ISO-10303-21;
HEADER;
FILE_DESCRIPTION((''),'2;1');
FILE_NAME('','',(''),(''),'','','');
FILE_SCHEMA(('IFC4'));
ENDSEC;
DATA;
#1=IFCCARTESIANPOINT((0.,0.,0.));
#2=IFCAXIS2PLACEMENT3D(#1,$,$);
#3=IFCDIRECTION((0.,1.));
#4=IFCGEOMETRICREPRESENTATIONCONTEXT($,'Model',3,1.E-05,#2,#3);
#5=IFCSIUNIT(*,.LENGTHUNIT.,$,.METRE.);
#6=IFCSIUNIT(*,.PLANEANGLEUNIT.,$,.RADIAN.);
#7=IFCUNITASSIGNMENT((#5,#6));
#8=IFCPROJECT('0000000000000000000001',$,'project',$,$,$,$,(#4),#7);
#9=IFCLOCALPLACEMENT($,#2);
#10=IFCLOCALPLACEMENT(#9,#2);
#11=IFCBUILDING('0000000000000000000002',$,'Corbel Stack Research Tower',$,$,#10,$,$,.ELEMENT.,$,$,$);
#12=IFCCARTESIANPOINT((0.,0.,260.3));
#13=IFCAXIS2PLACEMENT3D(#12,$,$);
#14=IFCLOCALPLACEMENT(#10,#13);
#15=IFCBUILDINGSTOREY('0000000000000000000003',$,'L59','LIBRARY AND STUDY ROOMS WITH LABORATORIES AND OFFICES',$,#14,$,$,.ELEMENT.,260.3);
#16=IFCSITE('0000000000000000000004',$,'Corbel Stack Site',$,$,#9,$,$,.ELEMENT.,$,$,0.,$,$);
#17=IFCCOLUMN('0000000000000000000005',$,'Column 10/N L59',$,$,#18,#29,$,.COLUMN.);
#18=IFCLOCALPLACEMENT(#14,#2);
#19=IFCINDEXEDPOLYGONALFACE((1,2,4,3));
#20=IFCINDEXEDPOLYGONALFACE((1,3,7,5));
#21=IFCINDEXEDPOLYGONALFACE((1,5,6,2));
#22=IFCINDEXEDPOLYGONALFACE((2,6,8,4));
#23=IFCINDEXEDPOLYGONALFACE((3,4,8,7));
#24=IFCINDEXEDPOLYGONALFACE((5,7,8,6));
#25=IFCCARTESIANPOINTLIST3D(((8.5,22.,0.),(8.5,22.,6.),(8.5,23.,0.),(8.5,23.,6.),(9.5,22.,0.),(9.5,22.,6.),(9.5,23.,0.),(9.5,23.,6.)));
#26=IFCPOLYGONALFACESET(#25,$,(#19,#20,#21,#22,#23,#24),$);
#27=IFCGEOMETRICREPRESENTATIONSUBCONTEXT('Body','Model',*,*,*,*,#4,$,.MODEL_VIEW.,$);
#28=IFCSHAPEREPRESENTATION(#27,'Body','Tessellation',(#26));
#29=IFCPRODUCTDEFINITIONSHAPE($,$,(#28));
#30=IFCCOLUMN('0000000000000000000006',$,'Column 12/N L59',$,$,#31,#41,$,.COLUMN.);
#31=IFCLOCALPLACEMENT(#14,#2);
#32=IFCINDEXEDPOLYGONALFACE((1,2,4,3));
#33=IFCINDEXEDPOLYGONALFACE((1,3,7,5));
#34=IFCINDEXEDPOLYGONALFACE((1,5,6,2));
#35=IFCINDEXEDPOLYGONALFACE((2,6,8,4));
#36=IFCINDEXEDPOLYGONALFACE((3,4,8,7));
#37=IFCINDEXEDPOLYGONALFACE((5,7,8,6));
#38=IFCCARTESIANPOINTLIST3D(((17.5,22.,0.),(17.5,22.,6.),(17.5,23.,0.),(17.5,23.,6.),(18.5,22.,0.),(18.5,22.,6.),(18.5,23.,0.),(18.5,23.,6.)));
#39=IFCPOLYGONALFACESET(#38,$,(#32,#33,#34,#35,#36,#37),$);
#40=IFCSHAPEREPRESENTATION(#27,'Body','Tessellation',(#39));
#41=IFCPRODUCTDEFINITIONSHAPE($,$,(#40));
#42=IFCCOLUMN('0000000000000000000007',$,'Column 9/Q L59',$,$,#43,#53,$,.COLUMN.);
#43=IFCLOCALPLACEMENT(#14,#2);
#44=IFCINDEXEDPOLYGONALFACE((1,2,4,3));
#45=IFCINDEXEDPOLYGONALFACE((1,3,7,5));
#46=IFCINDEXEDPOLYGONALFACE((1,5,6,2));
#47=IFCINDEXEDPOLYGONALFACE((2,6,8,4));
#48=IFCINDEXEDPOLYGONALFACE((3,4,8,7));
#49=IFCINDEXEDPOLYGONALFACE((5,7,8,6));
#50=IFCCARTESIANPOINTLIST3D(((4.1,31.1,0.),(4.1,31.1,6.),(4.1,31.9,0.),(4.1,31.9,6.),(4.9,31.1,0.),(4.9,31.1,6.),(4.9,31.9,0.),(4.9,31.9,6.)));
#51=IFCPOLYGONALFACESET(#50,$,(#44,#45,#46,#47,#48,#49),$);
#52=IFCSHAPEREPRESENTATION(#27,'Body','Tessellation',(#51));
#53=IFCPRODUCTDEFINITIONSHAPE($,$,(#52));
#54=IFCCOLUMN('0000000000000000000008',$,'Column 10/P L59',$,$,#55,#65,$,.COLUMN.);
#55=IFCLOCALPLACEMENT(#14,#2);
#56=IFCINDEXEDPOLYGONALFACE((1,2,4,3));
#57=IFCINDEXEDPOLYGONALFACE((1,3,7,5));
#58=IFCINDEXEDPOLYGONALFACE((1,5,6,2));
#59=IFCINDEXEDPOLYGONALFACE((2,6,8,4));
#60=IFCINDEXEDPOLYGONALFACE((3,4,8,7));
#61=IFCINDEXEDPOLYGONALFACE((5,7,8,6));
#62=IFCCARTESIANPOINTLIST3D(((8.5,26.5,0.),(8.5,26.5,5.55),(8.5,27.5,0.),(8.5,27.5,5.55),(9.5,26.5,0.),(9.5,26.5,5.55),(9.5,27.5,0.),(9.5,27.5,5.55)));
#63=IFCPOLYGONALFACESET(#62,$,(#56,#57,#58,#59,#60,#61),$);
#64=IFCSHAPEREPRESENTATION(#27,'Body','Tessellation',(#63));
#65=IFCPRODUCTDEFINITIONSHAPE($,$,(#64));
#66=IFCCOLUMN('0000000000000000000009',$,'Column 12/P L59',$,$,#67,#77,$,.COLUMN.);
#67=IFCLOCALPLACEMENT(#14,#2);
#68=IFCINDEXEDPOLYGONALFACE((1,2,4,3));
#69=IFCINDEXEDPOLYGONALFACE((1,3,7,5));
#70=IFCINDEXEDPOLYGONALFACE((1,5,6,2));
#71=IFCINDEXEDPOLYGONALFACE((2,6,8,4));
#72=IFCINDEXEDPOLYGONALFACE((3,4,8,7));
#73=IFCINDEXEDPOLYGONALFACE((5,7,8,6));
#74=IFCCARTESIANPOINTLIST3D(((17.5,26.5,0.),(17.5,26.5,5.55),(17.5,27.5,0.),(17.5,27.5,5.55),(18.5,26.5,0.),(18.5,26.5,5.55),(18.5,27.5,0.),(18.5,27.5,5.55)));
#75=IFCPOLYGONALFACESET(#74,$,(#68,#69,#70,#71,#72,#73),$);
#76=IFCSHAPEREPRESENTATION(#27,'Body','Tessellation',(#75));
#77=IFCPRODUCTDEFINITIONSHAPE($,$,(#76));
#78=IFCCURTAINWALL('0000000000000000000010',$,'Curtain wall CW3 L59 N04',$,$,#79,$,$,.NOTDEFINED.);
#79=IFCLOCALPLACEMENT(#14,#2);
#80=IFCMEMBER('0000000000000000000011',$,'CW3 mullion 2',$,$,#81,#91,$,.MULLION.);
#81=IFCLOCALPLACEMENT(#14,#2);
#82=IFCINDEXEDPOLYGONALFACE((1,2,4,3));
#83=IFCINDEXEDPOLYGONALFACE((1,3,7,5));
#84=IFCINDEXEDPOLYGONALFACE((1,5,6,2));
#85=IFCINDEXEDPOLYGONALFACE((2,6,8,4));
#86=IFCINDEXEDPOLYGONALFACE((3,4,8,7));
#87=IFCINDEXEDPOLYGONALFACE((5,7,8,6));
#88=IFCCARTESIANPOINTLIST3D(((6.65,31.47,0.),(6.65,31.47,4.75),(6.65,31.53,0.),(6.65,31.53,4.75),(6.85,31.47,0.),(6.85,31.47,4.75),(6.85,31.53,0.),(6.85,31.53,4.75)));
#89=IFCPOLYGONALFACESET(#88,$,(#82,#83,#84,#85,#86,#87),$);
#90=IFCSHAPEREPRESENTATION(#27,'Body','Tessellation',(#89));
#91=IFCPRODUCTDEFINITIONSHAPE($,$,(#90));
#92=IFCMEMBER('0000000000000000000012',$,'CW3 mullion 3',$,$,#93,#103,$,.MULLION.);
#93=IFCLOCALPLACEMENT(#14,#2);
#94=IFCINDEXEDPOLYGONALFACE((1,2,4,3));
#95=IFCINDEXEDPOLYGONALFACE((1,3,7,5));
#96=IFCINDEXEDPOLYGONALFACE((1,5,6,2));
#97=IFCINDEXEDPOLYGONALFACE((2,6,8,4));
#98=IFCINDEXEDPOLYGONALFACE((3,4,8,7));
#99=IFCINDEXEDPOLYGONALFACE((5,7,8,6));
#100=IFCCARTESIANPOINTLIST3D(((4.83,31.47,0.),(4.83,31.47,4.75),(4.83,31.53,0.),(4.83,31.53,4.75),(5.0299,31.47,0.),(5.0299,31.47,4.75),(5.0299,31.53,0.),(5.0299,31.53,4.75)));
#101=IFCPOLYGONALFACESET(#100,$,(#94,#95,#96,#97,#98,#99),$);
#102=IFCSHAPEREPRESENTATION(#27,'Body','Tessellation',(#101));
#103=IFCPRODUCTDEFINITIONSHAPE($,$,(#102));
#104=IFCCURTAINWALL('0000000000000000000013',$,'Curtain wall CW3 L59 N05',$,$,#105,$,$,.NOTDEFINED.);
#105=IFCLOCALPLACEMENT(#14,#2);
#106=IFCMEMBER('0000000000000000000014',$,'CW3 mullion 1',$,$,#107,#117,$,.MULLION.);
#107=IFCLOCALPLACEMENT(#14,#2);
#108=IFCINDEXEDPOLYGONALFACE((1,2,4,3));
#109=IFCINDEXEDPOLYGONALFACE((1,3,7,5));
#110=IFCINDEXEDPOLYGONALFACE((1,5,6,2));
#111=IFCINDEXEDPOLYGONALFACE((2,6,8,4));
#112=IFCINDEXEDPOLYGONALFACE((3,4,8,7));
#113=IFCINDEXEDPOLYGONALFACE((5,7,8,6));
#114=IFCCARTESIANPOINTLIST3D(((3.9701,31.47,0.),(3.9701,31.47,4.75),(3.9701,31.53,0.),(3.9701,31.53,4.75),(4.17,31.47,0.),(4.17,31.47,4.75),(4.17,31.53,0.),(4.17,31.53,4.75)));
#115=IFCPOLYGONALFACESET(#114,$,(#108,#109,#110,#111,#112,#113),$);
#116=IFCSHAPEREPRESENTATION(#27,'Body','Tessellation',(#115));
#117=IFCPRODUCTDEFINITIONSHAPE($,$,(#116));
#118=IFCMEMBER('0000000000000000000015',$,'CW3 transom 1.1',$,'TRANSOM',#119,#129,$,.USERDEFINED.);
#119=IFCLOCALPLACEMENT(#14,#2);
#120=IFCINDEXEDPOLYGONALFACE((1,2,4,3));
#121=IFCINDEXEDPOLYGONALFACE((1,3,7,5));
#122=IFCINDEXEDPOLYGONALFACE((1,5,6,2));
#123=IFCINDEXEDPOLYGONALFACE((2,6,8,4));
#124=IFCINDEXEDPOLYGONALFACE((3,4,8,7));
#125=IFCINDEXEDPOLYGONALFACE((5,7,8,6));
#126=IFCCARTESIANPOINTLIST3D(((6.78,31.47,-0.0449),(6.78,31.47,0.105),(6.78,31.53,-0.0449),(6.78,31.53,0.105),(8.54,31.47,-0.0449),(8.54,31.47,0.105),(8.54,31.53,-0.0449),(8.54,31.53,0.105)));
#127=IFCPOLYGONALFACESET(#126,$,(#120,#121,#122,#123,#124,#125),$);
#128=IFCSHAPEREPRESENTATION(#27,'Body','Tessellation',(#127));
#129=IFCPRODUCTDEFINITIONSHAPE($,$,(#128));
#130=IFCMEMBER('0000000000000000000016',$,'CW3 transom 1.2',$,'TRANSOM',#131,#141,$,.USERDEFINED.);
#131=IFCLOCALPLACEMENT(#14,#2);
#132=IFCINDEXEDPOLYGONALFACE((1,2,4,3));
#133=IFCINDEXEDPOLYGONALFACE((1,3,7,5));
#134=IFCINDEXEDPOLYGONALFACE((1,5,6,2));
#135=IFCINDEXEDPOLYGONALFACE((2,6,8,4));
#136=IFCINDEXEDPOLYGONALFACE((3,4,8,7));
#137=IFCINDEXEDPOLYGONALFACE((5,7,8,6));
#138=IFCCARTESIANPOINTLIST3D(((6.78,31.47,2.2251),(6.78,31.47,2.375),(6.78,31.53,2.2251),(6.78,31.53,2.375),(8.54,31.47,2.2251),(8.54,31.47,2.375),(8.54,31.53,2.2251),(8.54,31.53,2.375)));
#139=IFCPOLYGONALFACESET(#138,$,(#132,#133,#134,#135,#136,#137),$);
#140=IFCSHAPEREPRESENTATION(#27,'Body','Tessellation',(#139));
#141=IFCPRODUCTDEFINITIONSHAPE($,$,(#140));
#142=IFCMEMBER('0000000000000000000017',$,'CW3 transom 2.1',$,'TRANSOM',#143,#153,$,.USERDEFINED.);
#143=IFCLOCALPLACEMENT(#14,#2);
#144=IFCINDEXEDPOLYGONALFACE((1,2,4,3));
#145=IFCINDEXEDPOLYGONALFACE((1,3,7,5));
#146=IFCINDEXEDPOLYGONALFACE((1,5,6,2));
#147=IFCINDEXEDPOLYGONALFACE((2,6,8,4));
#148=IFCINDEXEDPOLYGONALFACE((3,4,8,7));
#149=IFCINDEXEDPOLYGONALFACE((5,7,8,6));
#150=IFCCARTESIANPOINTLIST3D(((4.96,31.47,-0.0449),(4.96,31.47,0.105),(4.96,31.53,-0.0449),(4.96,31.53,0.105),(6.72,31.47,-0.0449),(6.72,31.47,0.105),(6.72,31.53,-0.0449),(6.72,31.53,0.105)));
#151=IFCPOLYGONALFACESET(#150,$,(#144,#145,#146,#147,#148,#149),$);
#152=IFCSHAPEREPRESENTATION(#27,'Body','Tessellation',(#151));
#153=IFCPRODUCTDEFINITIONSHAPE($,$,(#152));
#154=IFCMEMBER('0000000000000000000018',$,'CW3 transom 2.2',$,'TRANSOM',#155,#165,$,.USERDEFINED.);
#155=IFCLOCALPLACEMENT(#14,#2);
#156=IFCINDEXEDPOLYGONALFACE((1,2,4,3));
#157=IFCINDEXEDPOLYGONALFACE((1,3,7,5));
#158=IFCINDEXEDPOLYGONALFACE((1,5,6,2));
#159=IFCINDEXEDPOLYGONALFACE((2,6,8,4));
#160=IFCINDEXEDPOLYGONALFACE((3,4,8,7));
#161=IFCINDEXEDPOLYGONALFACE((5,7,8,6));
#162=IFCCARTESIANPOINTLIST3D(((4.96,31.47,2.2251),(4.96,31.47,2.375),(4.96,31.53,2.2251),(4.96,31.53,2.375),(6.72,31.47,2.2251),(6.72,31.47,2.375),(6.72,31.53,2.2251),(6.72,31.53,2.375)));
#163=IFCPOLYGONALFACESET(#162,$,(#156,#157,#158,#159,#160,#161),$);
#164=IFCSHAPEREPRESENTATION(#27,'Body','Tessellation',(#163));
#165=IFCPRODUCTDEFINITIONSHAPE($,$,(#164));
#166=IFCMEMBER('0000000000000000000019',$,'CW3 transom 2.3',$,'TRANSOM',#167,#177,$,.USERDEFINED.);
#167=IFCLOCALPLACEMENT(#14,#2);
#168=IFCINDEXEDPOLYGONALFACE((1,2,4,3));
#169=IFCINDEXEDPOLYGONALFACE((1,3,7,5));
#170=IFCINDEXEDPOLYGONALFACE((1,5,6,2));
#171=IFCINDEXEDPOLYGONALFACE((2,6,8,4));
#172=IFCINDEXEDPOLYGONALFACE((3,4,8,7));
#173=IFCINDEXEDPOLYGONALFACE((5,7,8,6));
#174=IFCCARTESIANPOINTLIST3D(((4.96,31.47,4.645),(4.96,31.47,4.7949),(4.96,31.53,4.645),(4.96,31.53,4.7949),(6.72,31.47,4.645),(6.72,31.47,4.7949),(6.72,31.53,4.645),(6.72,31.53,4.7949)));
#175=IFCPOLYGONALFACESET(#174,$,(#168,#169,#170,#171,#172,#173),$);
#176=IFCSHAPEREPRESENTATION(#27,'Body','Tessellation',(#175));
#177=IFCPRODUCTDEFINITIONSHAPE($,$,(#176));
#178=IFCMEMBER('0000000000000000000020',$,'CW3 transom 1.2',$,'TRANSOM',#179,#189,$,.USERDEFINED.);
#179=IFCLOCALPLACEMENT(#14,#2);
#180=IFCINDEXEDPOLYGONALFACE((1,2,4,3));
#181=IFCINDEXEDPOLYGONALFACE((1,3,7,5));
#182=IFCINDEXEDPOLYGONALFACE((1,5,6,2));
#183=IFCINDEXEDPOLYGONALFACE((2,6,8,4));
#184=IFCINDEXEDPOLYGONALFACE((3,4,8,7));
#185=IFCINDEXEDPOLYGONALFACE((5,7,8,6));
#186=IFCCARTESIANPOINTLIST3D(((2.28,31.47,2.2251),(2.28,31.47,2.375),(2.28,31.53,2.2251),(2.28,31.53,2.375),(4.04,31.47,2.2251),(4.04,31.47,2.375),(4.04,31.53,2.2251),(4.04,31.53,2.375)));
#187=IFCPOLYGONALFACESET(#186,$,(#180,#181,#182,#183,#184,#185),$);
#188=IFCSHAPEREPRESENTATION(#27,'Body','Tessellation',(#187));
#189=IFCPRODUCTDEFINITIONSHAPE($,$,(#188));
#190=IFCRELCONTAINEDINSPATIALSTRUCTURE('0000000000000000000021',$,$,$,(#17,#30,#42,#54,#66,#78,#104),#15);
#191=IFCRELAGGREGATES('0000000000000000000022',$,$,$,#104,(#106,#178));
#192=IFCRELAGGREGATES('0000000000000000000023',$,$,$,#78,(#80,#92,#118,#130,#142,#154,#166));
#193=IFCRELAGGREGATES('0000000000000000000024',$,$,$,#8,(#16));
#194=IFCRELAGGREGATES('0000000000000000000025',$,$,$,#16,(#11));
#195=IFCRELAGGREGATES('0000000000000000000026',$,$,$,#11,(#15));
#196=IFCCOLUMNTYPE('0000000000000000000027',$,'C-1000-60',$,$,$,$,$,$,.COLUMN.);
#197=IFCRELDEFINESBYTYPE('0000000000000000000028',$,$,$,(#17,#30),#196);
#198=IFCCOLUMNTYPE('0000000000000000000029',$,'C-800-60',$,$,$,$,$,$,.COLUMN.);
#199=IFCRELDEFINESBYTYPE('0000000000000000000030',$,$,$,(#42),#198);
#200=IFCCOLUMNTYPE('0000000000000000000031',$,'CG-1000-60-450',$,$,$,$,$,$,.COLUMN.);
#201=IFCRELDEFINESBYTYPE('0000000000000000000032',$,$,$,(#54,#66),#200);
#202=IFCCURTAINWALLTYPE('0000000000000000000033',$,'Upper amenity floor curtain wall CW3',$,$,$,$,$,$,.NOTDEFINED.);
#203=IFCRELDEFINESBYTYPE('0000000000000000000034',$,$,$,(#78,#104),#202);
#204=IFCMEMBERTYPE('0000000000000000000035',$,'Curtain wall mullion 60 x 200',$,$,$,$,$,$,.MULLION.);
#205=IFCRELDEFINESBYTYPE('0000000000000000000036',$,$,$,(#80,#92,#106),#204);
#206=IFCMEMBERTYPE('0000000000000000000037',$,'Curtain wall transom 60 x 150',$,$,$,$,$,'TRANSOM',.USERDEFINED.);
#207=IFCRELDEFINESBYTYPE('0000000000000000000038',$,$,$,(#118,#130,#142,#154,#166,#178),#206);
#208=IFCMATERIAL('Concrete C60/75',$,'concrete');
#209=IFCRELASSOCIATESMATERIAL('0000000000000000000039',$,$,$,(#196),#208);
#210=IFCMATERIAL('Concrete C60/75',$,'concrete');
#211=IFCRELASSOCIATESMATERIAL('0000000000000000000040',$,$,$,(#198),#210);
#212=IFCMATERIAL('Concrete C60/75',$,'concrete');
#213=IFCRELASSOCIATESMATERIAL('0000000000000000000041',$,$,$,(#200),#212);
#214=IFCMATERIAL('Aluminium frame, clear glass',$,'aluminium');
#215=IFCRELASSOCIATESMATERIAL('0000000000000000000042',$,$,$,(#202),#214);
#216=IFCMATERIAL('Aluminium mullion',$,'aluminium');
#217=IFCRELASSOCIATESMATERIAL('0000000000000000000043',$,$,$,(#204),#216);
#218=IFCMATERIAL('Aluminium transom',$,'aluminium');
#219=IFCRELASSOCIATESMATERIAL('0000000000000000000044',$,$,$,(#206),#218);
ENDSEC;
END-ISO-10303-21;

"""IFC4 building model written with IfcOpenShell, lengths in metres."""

from ifc_helpers import new_model, si_unit, direction, frame, origin, origin_2d, place, context, subcontext, project, spatial, rectangle, extrude, material, material_profile, profile_set, type_object, element, aggregate, save


model = new_model("IFC4")

# Units and contexts
model_context = context("Model", 3, precision=1e-05, world=origin(), true_north=direction((0.0, 1.0)))
body_context = subcontext(model_context, "Body", "Model", "MODEL_VIEW")
ifc_project = project(units=[si_unit("LENGTHUNIT", "METRE"), si_unit("PLANEANGLEUNIT", "RADIAN")], contexts=[model_context])

# Site, building, storey
site_placement = place(None, origin())
site = spatial("IfcSite", under=ifc_project, at=site_placement, Name="Corbel Stack Site", CompositionType="ELEMENT", RefElevation=0.0)
building_placement = place(site_placement, origin())
building = spatial("IfcBuilding", under=site, at=building_placement, Name="Corbel Stack Research Tower", CompositionType="ELEMENT")
storey_placement = place(building_placement, frame((0.0, 0.0, 260.3)))
storey = spatial("IfcBuildingStorey", under=building, at=storey_placement, Name="L59", Description="LIBRARY AND STUDY ROOMS WITH LABORATORIES AND OFFICES", CompositionType="ELEMENT", Elevation=260.3)

# Columns
ifc_material_1 = material(Name="Concrete C60/75", Category="concrete")
ifc_material_profile_1 = material_profile(ifc_material_1, rectangle(XDim=1.0, YDim=1.0, at=origin_2d()), Name="RC 1000 x 1000")
ifc_profile_set_1 = profile_set([ifc_material_profile_1], Name="Concrete C60/75")
column_type_1 = type_object("IfcColumnType", Name="C-1000-60", PredefinedType="COLUMN", material=ifc_profile_set_1)
for number, where, z_axis, x_axis, name in (
    (1, (9.0, 22.5, 0.0), (0.0, 0.0, 1.0), (1.0, 0.0, 0.0), "Column 10/N L59"),
    (2, (18.0, 22.5, 0.0), (0.0, 0.0, 1.0), (1.0, 0.0, 0.0), "Column 12/N L59"),
):
    element("IfcColumn", number, at=place(storey_placement, frame(where, z_axis=z_axis, x_axis=x_axis)), inside=storey, type_object=column_type_1, Name=name, PredefinedType="COLUMN", context=body_context, shape_type="SweptSolid", body=[
        extrude(rectangle(XDim=1.0, YDim=1.0, at=origin_2d()), origin(), (0.0, 0.0, 1.0), 6.0),
    ])
ifc_material_2 = material(Name="Concrete C60/75", Category="concrete")
ifc_material_profile_2 = material_profile(ifc_material_2, rectangle(XDim=0.8, YDim=0.8, at=origin_2d()), Name="RC 800 x 800")
ifc_profile_set_2 = profile_set([ifc_material_profile_2], Name="Concrete C60/75")
column_type_2 = type_object("IfcColumnType", Name="C-800-60", PredefinedType="COLUMN", material=ifc_profile_set_2)
column_placement = place(storey_placement, frame((4.5, 31.5, 0.0), z_axis=(0.0, 0.0, 1.0), x_axis=(1.0, 0.0, 0.0)))
element("IfcColumn", 3, at=column_placement, inside=storey, type_object=column_type_2, Name="Column 9/Q L59", PredefinedType="COLUMN", context=body_context, shape_type="SweptSolid", body=[
    extrude(rectangle(XDim=0.8, YDim=0.8, at=origin_2d()), origin(), (0.0, 0.0, 1.0), 6.0),
])
ifc_material_3 = material(Name="Concrete C60/75", Category="concrete")
ifc_material_profile_3 = material_profile(ifc_material_3, rectangle(XDim=1.0, YDim=1.0, at=origin_2d()), Name="RC 1000 x 1000")
ifc_profile_set_3 = profile_set([ifc_material_profile_3], Name="Concrete C60/75")
column_type_3 = type_object("IfcColumnType", Name="CG-1000-60-450", PredefinedType="COLUMN", material=ifc_profile_set_3)
for number, where, z_axis, x_axis, name in (
    (4, (9.0, 27.0, 0.0), (0.0, 0.0, 1.0), (1.0, 0.0, 0.0), "Column 10/P L59"),
    (5, (18.0, 27.0, 0.0), (0.0, 0.0, 1.0), (1.0, 0.0, 0.0), "Column 12/P L59"),
):
    element("IfcColumn", number, at=place(storey_placement, frame(where, z_axis=z_axis, x_axis=x_axis)), inside=storey, type_object=column_type_3, Name=name, PredefinedType="COLUMN", context=body_context, shape_type="SweptSolid", body=[
        extrude(rectangle(XDim=1.0, YDim=1.0, at=origin_2d()), origin(), (0.0, 0.0, 1.0), 5.55),
    ])

# Curtain wall, members
ifc_material_4 = material(Name="Aluminium frame, clear glass", Category="aluminium")
curtain_wall_type = type_object("IfcCurtainWallType", Name="Upper amenity floor curtain wall CW3", PredefinedType="NOTDEFINED", material=ifc_material_4)
curtain_wall_1_placement = place(storey_placement, origin())
curtain_wall_1 = element("IfcCurtainWall", 6, at=curtain_wall_1_placement, inside=storey, type_object=curtain_wall_type, Name="Curtain wall CW3 L59 N04", PredefinedType="NOTDEFINED")
ifc_material_5 = material(Name="Aluminium mullion", Category="aluminium")
ifc_material_profile_4 = material_profile(ifc_material_5, rectangle(XDim=0.0601, YDim=0.2, at=origin_2d()), Name="Mullion 60 x 200")
ifc_profile_set_4 = profile_set([ifc_material_profile_4], Name="Aluminium mullion")
member_type_1 = type_object("IfcMemberType", Name="Curtain wall mullion 60 x 200", PredefinedType="MULLION", material=ifc_profile_set_4)
member_1_placement = place(storey_placement, frame((6.75, 31.5, 0.0), z_axis=(0.0, 0.0, 1.0), x_axis=(0.0, -1.0, 0.0)))
member_1 = element("IfcMember", 7, at=member_1_placement, type_object=member_type_1, Name="CW3 mullion 2", PredefinedType="MULLION", context=body_context, shape_type="SweptSolid", body=[
    extrude(rectangle(XDim=0.0601, YDim=0.2, at=origin_2d()), origin(), (0.0, 0.0, 1.0), 4.75),
])
member_2_placement = place(storey_placement, frame((4.9299, 31.5, 0.0), z_axis=(0.0, 0.0, 1.0), x_axis=(0.0, -1.0, 0.0)))
member_2 = element("IfcMember", 8, at=member_2_placement, type_object=member_type_1, Name="CW3 mullion 3", PredefinedType="MULLION", context=body_context, shape_type="SweptSolid", body=[
    extrude(rectangle(XDim=0.0601, YDim=0.2, at=origin_2d()), origin(), (0.0, 0.0, 1.0), 4.75),
])

# Curtain wall, member
curtain_wall_2_placement = place(storey_placement, origin())
curtain_wall_2 = element("IfcCurtainWall", 9, at=curtain_wall_2_placement, inside=storey, type_object=curtain_wall_type, Name="Curtain wall CW3 L59 N05", PredefinedType="NOTDEFINED")
member_3_placement = place(storey_placement, frame((4.0701, 31.5, 0.0), z_axis=(0.0, 0.0, 1.0), x_axis=(0.0, -1.0, 0.0)))
member_3 = element("IfcMember", 10, at=member_3_placement, type_object=member_type_1, Name="CW3 mullion 1", PredefinedType="MULLION", context=body_context, shape_type="SweptSolid", body=[
    extrude(rectangle(XDim=0.0601, YDim=0.2, at=origin_2d()), origin(), (0.0, 0.0, 1.0), 4.75),
])

# Members
ifc_material_6 = material(Name="Aluminium transom", Category="aluminium")
ifc_material_profile_5 = material_profile(ifc_material_6, rectangle(XDim=0.0601, YDim=0.1499, at=origin_2d()), Name="Transom 60 x 150")
ifc_profile_set_5 = profile_set([ifc_material_profile_5], Name="Aluminium transom")
member_type_2 = type_object("IfcMemberType", Name="Curtain wall transom 60 x 150", ElementType="TRANSOM", PredefinedType="USERDEFINED", material=ifc_profile_set_5)
member_4_placement = place(storey_placement, frame((8.54, 31.5, 0.03), z_axis=(-1.0, 0.0, 0.0), x_axis=(0.0, -1.0, 0.0)))
member_4 = element("IfcMember", 11, at=member_4_placement, type_object=member_type_2, Name="CW3 transom 1.1", ObjectType="TRANSOM", PredefinedType="USERDEFINED", context=body_context, shape_type="SweptSolid", body=[
    extrude(rectangle(XDim=0.0601, YDim=0.1499, at=origin_2d()), origin(), (0.0, 0.0, 1.0), 1.76),
])
member_5_placement = place(storey_placement, frame((8.54, 31.5, 2.3), z_axis=(-1.0, 0.0, 0.0), x_axis=(0.0, -1.0, 0.0)))
member_5 = element("IfcMember", 12, at=member_5_placement, type_object=member_type_2, Name="CW3 transom 1.2", ObjectType="TRANSOM", PredefinedType="USERDEFINED", context=body_context, shape_type="SweptSolid", body=[
    extrude(rectangle(XDim=0.0601, YDim=0.1499, at=origin_2d()), origin(), (0.0, 0.0, 1.0), 1.76),
])
member_6_placement = place(storey_placement, frame((6.72, 31.5, 0.03), z_axis=(-1.0, 0.0, 0.0), x_axis=(0.0, -1.0, 0.0)))
member_6 = element("IfcMember", 13, at=member_6_placement, type_object=member_type_2, Name="CW3 transom 2.1", ObjectType="TRANSOM", PredefinedType="USERDEFINED", context=body_context, shape_type="SweptSolid", body=[
    extrude(rectangle(XDim=0.0601, YDim=0.1499, at=origin_2d()), origin(), (0.0, 0.0, 1.0), 1.76),
])
member_7_placement = place(storey_placement, frame((6.72, 31.5, 2.3), z_axis=(-1.0, 0.0, 0.0), x_axis=(0.0, -1.0, 0.0)))
member_7 = element("IfcMember", 14, at=member_7_placement, type_object=member_type_2, Name="CW3 transom 2.2", ObjectType="TRANSOM", PredefinedType="USERDEFINED", context=body_context, shape_type="SweptSolid", body=[
    extrude(rectangle(XDim=0.0601, YDim=0.1499, at=origin_2d()), origin(), (0.0, 0.0, 1.0), 1.76),
])
member_8_placement = place(storey_placement, frame((6.72, 31.5, 4.72), z_axis=(-1.0, 0.0, 0.0), x_axis=(0.0, -1.0, 0.0)))
member_8 = element("IfcMember", 15, at=member_8_placement, type_object=member_type_2, Name="CW3 transom 2.3", ObjectType="TRANSOM", PredefinedType="USERDEFINED", context=body_context, shape_type="SweptSolid", body=[
    extrude(rectangle(XDim=0.0601, YDim=0.1499, at=origin_2d()), origin(), (0.0, 0.0, 1.0), 1.76),
])
member_9_placement = place(storey_placement, frame((4.04, 31.5, 2.3), z_axis=(-1.0, 0.0, 0.0), x_axis=(0.0, -1.0, 0.0)))
member_9 = element("IfcMember", 16, at=member_9_placement, type_object=member_type_2, Name="CW3 transom 1.2", ObjectType="TRANSOM", PredefinedType="USERDEFINED", context=body_context, shape_type="SweptSolid", body=[
    extrude(rectangle(XDim=0.0601, YDim=0.1499, at=origin_2d()), origin(), (0.0, 0.0, 1.0), 1.76),
])
aggregate(curtain_wall_2, [member_3, member_9])

aggregate(curtain_wall_1, [member_1, member_2, member_4, member_5, member_6, member_7, member_8])

save(model, "model.ifc")
